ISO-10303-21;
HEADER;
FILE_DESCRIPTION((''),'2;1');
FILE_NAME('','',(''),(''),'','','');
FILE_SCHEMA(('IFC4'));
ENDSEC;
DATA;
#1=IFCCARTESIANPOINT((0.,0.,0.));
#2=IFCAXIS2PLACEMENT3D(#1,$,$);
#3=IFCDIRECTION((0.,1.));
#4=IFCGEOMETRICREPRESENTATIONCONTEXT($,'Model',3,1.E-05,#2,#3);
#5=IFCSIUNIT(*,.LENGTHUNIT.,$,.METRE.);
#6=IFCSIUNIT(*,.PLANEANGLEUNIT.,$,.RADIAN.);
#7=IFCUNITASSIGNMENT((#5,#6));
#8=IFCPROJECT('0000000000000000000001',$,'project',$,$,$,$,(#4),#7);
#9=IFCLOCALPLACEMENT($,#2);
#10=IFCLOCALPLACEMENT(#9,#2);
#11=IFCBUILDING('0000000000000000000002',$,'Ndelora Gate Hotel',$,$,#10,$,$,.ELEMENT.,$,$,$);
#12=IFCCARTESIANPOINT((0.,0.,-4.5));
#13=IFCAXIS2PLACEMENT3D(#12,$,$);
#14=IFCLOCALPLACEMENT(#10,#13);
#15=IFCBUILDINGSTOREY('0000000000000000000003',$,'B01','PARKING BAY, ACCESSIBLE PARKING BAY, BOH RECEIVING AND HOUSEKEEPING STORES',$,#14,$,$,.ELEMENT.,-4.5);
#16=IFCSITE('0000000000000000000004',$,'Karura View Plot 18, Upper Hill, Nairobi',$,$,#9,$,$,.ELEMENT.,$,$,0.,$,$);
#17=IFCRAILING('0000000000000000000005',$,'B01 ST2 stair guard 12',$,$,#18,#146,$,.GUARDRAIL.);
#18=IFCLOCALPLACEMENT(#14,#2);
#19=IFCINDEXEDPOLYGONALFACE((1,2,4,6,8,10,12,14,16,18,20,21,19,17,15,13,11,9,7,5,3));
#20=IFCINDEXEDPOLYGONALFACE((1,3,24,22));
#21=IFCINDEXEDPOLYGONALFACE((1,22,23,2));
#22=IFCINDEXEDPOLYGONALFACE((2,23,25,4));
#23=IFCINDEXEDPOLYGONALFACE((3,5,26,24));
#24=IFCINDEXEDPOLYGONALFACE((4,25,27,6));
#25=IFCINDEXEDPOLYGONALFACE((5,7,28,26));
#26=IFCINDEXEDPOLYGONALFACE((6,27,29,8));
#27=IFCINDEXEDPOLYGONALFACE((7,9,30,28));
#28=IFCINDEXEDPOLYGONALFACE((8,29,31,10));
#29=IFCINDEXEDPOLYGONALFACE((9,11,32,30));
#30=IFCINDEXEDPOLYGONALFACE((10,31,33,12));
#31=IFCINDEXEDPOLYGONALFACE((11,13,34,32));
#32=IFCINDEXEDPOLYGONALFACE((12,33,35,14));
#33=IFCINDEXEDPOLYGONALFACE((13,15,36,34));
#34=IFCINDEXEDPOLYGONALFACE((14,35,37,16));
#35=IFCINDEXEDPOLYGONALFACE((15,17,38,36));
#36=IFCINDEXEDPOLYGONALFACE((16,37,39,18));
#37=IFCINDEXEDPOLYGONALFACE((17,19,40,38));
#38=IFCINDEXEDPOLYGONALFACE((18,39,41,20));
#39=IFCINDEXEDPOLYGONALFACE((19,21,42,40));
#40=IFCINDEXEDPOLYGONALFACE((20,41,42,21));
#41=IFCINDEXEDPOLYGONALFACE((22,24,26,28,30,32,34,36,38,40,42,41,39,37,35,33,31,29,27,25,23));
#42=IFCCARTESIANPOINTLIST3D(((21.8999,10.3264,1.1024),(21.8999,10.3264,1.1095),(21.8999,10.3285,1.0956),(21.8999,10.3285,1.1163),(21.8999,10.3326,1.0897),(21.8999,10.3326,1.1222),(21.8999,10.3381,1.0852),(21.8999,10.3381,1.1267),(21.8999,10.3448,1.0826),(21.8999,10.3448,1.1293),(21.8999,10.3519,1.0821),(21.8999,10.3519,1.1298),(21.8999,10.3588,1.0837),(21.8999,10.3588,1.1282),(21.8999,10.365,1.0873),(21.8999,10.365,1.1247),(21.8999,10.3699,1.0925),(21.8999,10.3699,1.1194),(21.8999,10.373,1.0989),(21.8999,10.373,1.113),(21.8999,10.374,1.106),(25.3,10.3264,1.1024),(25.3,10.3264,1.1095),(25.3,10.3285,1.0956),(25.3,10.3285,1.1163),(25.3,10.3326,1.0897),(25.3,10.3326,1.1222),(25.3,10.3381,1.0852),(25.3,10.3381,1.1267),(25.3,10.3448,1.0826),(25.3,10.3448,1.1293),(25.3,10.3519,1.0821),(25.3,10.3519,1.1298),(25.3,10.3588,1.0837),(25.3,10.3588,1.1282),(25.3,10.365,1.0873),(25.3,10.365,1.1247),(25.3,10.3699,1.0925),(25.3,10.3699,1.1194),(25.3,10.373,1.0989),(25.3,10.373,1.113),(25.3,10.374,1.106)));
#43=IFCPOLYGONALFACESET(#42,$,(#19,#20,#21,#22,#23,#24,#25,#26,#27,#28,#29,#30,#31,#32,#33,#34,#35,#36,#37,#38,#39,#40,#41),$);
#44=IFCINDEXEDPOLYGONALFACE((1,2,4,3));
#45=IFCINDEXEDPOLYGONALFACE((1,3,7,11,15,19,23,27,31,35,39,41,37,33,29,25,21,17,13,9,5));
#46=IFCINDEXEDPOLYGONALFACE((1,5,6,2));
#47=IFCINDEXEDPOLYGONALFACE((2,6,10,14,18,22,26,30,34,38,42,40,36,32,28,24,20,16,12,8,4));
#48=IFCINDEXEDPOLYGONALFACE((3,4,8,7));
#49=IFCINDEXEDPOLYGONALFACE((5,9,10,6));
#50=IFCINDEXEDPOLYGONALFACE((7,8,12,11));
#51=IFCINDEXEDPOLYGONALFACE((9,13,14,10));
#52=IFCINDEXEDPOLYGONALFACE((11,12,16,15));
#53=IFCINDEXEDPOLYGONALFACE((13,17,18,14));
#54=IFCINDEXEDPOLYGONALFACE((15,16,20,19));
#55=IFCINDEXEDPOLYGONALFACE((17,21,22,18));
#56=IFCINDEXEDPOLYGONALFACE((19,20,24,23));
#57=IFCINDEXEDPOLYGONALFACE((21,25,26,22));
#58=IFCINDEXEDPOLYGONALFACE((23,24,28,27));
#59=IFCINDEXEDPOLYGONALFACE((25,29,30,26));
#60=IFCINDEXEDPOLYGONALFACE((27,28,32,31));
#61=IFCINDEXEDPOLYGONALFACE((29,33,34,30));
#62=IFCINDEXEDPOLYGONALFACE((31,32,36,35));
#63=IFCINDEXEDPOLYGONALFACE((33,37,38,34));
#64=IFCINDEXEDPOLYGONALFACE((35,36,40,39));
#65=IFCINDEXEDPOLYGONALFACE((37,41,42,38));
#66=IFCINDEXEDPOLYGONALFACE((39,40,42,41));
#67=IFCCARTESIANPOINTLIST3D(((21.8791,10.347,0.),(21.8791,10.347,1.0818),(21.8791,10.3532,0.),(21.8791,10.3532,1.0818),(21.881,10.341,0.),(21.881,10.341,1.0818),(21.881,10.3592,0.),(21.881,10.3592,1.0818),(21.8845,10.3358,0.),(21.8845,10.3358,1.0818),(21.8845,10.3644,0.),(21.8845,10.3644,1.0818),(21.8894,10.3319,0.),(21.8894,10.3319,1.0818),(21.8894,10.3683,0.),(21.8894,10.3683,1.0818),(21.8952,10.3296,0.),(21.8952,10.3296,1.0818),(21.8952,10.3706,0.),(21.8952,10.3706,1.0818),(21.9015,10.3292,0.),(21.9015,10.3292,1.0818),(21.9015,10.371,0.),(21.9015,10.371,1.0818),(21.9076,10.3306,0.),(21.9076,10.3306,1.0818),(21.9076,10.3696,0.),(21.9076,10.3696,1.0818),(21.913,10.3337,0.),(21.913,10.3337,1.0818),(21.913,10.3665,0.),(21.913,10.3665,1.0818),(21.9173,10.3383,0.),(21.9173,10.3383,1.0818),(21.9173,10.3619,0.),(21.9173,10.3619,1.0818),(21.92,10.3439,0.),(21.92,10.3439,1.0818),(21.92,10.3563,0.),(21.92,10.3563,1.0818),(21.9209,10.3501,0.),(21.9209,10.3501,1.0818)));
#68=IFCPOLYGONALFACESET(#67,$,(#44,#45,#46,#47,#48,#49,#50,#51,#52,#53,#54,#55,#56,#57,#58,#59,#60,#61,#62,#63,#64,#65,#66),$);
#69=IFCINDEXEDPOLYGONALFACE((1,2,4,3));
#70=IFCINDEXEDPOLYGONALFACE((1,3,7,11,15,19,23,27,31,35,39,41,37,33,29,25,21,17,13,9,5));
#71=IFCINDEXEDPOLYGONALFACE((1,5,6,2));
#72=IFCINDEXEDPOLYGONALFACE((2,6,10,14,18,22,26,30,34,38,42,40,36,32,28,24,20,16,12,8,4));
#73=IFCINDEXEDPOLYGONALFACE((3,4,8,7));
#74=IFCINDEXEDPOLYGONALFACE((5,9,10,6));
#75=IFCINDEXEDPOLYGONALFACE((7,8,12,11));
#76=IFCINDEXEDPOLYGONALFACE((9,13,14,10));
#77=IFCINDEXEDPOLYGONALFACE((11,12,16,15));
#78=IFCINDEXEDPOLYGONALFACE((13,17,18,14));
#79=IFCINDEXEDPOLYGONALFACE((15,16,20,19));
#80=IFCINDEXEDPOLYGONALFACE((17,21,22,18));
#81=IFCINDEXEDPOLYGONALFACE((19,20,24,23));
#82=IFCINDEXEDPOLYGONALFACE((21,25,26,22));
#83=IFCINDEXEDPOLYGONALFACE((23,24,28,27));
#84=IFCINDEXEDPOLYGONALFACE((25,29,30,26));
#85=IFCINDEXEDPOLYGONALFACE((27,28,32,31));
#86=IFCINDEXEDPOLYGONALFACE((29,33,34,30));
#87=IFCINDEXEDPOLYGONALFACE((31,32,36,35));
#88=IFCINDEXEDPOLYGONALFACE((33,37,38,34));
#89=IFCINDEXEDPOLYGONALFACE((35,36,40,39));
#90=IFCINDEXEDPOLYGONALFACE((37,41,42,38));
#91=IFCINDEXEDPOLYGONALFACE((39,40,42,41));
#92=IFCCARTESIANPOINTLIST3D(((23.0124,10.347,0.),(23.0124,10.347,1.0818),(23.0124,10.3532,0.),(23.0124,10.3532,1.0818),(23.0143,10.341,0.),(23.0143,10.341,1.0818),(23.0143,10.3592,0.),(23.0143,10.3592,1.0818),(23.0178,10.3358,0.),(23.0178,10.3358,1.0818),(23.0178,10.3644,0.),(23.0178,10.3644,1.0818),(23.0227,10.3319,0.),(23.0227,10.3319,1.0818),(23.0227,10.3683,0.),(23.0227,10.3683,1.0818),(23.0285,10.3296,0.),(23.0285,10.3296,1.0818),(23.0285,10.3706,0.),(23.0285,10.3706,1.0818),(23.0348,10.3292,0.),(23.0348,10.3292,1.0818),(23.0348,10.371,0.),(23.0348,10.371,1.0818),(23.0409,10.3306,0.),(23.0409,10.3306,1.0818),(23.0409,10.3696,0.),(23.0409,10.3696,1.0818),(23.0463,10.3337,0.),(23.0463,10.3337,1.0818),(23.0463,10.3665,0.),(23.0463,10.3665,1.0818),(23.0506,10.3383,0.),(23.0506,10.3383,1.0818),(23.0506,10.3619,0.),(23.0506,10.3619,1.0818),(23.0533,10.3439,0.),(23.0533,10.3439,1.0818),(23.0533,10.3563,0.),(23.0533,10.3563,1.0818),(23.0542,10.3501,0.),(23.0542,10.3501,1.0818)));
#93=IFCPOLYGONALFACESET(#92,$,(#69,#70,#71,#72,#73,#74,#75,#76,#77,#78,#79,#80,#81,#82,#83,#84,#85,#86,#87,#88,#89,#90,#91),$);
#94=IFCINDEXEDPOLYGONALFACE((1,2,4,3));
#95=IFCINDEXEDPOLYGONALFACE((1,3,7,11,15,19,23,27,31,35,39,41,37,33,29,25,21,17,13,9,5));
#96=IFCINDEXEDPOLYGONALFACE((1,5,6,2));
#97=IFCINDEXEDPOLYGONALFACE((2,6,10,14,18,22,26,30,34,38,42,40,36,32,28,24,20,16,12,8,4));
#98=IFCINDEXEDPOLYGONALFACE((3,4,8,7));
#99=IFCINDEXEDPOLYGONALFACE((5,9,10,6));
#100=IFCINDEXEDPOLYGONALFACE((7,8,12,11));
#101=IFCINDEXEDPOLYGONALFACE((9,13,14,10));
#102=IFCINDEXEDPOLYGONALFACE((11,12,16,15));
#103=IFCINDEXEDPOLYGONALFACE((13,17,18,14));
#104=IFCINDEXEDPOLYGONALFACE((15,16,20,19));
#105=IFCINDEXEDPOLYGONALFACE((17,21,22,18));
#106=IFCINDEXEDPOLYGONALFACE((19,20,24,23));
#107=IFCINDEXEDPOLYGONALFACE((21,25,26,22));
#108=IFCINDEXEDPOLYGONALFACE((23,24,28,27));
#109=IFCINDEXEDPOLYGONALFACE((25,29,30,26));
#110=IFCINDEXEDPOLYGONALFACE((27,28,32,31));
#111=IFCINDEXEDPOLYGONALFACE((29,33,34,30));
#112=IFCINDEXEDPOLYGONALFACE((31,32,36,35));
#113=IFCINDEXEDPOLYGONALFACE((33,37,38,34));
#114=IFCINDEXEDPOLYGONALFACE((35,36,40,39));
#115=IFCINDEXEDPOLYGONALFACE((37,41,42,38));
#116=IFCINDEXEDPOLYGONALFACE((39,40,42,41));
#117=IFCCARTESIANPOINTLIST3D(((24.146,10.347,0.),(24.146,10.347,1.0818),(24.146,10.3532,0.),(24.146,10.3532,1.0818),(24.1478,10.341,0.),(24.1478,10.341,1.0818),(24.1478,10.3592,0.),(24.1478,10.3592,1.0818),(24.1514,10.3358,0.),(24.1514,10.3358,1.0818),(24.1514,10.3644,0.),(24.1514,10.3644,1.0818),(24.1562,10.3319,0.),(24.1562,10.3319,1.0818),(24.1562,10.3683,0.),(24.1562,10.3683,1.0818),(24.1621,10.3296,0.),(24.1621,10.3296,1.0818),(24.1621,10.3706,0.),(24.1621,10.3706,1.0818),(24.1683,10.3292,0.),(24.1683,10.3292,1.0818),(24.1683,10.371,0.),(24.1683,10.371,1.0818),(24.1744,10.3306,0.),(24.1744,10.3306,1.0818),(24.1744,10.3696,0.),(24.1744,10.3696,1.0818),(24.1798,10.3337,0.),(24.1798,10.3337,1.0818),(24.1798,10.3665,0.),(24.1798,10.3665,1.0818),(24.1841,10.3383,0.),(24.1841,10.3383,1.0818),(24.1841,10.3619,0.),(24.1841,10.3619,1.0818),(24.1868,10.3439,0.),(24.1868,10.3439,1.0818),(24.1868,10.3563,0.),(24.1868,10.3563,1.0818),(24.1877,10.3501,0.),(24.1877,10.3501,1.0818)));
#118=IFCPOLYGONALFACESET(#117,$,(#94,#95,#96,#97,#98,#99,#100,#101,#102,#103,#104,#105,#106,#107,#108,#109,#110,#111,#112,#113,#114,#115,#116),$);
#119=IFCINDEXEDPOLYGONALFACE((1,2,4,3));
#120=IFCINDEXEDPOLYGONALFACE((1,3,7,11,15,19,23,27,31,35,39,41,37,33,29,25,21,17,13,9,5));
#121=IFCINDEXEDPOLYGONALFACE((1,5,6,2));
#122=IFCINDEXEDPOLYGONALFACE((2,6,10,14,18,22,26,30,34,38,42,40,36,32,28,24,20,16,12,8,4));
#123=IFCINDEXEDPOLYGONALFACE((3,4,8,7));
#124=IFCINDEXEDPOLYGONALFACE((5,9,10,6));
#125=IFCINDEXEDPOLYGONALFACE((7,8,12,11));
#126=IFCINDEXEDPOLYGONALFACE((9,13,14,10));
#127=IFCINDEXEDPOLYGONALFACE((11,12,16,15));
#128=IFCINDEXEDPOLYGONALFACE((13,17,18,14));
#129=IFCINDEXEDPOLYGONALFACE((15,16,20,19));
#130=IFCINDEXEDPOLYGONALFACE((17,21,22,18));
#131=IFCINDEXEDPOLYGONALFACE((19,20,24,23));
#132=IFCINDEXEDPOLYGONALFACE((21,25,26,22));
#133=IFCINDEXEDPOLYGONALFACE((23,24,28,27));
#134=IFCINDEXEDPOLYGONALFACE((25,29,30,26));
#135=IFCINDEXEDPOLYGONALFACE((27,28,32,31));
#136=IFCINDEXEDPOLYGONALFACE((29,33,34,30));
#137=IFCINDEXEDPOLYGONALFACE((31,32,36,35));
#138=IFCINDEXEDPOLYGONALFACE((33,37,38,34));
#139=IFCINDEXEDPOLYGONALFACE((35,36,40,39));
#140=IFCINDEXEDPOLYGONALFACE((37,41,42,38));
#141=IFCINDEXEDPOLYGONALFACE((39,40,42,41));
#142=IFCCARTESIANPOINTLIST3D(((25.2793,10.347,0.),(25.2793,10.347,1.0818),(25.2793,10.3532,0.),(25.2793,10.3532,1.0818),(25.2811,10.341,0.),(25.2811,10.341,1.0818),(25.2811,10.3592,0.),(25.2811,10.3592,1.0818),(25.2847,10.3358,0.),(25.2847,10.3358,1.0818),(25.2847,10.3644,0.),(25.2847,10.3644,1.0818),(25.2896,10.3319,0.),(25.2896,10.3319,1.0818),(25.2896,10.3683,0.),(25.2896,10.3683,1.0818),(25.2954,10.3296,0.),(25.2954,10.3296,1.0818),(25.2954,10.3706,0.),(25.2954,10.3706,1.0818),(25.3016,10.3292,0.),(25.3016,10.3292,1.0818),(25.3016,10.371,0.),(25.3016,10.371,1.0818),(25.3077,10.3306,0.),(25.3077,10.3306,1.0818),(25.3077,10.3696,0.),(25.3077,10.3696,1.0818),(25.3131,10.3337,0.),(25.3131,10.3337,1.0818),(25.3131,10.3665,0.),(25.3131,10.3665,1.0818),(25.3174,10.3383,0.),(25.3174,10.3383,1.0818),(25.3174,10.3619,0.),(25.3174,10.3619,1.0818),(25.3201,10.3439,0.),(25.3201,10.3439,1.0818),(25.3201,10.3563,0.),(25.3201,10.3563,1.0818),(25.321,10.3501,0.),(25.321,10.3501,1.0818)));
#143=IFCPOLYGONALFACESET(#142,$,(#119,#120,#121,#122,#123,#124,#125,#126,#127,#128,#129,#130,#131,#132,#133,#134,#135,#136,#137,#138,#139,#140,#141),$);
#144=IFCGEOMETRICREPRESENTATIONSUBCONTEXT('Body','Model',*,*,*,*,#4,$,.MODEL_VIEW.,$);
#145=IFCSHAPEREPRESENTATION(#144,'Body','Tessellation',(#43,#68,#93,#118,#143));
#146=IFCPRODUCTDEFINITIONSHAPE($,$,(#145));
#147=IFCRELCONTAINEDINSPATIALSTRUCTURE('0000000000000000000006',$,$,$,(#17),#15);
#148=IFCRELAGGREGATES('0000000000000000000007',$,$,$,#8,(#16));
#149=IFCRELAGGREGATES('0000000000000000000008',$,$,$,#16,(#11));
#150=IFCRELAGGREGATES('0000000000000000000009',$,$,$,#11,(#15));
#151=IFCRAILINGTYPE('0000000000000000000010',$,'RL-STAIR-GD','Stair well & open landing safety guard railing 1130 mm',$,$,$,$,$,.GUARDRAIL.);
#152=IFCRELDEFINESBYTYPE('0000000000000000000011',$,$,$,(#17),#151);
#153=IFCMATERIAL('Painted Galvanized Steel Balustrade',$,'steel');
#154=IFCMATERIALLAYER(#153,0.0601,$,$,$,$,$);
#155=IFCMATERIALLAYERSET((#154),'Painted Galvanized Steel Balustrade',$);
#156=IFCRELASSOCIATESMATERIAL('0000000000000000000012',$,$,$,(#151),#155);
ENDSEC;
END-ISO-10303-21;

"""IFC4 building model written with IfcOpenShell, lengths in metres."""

from ifc_helpers import new_model, si_unit, direction, frame, origin, origin_2d, place, context, subcontext, project, spatial, circle, extrude, material, layer, layer_set, type_object, element, save


model = new_model("IFC4")

# Units and contexts
model_context = context("Model", 3, precision=1e-05, world=origin(), true_north=direction((0.0, 1.0)))
body_context = subcontext(model_context, "Body", "Model", "MODEL_VIEW")
ifc_project = project(units=[si_unit("LENGTHUNIT", "METRE"), si_unit("PLANEANGLEUNIT", "RADIAN")], contexts=[model_context])

# Site, building, storey
site_placement = place(None, origin())
site = spatial("IfcSite", under=ifc_project, at=site_placement, Name="Karura View Plot 18, Upper Hill, Nairobi", CompositionType="ELEMENT", RefElevation=0.0)
building_placement = place(site_placement, origin())
building = spatial("IfcBuilding", under=site, at=building_placement, Name="Ndelora Gate Hotel", CompositionType="ELEMENT")
storey_placement = place(building_placement, frame((0.0, 0.0, -4.5)))
storey = spatial("IfcBuildingStorey", under=building, at=storey_placement, Name="B01", Description="PARKING BAY, ACCESSIBLE PARKING BAY, BOH RECEIVING AND HOUSEKEEPING STORES", CompositionType="ELEMENT", Elevation=-4.5)

# Railing
ifc_material_1 = material(Name="Painted Galvanized Steel Balustrade", Category="steel")
ifc_layer_1 = layer(ifc_material_1, 0.0601)
ifc_layer_set_1 = layer_set([ifc_layer_1], Name="Painted Galvanized Steel Balustrade")
railing_type_1 = type_object("IfcRailingType", Name="RL-STAIR-GD", Description="Stair well & open landing safety guard railing 1130 mm", PredefinedType="GUARDRAIL", material=ifc_layer_set_1)
railing_1_placement = place(storey_placement, frame((21.8999, 10.3501, 0.0)))
element("IfcRailing", 1, at=railing_1_placement, inside=storey, type_object=railing_type_1, Name="B01 ST2 stair guard 12", PredefinedType="GUARDRAIL", context=body_context, shape_type="SweptSolid", body=[
    extrude(circle(Radius=0.0239, at=origin_2d()), frame((0.0, 0.0, 1.106), z_axis=(1.0, 0.0, 0.0), x_axis=(0.0, 1.0, 0.0)), (0.0, 0.0, 1.0), 3.4001),
    extrude(circle(Radius=0.021, at=origin_2d()), origin(), (0.0, 0.0, 1.0), 1.0818),
    extrude(circle(Radius=0.021, at=origin_2d()), frame((1.1333, 0.0, 0.0)), (0.0, 0.0, 1.0), 1.0818),
    extrude(circle(Radius=0.021, at=origin_2d()), frame((2.2668, 0.0, 0.0)), (0.0, 0.0, 1.0), 1.0818),
    extrude(circle(Radius=0.021, at=origin_2d()), frame((3.4001, 0.0, 0.0)), (0.0, 0.0, 1.0), 1.0818),
])

save(model, "model.ifc")
